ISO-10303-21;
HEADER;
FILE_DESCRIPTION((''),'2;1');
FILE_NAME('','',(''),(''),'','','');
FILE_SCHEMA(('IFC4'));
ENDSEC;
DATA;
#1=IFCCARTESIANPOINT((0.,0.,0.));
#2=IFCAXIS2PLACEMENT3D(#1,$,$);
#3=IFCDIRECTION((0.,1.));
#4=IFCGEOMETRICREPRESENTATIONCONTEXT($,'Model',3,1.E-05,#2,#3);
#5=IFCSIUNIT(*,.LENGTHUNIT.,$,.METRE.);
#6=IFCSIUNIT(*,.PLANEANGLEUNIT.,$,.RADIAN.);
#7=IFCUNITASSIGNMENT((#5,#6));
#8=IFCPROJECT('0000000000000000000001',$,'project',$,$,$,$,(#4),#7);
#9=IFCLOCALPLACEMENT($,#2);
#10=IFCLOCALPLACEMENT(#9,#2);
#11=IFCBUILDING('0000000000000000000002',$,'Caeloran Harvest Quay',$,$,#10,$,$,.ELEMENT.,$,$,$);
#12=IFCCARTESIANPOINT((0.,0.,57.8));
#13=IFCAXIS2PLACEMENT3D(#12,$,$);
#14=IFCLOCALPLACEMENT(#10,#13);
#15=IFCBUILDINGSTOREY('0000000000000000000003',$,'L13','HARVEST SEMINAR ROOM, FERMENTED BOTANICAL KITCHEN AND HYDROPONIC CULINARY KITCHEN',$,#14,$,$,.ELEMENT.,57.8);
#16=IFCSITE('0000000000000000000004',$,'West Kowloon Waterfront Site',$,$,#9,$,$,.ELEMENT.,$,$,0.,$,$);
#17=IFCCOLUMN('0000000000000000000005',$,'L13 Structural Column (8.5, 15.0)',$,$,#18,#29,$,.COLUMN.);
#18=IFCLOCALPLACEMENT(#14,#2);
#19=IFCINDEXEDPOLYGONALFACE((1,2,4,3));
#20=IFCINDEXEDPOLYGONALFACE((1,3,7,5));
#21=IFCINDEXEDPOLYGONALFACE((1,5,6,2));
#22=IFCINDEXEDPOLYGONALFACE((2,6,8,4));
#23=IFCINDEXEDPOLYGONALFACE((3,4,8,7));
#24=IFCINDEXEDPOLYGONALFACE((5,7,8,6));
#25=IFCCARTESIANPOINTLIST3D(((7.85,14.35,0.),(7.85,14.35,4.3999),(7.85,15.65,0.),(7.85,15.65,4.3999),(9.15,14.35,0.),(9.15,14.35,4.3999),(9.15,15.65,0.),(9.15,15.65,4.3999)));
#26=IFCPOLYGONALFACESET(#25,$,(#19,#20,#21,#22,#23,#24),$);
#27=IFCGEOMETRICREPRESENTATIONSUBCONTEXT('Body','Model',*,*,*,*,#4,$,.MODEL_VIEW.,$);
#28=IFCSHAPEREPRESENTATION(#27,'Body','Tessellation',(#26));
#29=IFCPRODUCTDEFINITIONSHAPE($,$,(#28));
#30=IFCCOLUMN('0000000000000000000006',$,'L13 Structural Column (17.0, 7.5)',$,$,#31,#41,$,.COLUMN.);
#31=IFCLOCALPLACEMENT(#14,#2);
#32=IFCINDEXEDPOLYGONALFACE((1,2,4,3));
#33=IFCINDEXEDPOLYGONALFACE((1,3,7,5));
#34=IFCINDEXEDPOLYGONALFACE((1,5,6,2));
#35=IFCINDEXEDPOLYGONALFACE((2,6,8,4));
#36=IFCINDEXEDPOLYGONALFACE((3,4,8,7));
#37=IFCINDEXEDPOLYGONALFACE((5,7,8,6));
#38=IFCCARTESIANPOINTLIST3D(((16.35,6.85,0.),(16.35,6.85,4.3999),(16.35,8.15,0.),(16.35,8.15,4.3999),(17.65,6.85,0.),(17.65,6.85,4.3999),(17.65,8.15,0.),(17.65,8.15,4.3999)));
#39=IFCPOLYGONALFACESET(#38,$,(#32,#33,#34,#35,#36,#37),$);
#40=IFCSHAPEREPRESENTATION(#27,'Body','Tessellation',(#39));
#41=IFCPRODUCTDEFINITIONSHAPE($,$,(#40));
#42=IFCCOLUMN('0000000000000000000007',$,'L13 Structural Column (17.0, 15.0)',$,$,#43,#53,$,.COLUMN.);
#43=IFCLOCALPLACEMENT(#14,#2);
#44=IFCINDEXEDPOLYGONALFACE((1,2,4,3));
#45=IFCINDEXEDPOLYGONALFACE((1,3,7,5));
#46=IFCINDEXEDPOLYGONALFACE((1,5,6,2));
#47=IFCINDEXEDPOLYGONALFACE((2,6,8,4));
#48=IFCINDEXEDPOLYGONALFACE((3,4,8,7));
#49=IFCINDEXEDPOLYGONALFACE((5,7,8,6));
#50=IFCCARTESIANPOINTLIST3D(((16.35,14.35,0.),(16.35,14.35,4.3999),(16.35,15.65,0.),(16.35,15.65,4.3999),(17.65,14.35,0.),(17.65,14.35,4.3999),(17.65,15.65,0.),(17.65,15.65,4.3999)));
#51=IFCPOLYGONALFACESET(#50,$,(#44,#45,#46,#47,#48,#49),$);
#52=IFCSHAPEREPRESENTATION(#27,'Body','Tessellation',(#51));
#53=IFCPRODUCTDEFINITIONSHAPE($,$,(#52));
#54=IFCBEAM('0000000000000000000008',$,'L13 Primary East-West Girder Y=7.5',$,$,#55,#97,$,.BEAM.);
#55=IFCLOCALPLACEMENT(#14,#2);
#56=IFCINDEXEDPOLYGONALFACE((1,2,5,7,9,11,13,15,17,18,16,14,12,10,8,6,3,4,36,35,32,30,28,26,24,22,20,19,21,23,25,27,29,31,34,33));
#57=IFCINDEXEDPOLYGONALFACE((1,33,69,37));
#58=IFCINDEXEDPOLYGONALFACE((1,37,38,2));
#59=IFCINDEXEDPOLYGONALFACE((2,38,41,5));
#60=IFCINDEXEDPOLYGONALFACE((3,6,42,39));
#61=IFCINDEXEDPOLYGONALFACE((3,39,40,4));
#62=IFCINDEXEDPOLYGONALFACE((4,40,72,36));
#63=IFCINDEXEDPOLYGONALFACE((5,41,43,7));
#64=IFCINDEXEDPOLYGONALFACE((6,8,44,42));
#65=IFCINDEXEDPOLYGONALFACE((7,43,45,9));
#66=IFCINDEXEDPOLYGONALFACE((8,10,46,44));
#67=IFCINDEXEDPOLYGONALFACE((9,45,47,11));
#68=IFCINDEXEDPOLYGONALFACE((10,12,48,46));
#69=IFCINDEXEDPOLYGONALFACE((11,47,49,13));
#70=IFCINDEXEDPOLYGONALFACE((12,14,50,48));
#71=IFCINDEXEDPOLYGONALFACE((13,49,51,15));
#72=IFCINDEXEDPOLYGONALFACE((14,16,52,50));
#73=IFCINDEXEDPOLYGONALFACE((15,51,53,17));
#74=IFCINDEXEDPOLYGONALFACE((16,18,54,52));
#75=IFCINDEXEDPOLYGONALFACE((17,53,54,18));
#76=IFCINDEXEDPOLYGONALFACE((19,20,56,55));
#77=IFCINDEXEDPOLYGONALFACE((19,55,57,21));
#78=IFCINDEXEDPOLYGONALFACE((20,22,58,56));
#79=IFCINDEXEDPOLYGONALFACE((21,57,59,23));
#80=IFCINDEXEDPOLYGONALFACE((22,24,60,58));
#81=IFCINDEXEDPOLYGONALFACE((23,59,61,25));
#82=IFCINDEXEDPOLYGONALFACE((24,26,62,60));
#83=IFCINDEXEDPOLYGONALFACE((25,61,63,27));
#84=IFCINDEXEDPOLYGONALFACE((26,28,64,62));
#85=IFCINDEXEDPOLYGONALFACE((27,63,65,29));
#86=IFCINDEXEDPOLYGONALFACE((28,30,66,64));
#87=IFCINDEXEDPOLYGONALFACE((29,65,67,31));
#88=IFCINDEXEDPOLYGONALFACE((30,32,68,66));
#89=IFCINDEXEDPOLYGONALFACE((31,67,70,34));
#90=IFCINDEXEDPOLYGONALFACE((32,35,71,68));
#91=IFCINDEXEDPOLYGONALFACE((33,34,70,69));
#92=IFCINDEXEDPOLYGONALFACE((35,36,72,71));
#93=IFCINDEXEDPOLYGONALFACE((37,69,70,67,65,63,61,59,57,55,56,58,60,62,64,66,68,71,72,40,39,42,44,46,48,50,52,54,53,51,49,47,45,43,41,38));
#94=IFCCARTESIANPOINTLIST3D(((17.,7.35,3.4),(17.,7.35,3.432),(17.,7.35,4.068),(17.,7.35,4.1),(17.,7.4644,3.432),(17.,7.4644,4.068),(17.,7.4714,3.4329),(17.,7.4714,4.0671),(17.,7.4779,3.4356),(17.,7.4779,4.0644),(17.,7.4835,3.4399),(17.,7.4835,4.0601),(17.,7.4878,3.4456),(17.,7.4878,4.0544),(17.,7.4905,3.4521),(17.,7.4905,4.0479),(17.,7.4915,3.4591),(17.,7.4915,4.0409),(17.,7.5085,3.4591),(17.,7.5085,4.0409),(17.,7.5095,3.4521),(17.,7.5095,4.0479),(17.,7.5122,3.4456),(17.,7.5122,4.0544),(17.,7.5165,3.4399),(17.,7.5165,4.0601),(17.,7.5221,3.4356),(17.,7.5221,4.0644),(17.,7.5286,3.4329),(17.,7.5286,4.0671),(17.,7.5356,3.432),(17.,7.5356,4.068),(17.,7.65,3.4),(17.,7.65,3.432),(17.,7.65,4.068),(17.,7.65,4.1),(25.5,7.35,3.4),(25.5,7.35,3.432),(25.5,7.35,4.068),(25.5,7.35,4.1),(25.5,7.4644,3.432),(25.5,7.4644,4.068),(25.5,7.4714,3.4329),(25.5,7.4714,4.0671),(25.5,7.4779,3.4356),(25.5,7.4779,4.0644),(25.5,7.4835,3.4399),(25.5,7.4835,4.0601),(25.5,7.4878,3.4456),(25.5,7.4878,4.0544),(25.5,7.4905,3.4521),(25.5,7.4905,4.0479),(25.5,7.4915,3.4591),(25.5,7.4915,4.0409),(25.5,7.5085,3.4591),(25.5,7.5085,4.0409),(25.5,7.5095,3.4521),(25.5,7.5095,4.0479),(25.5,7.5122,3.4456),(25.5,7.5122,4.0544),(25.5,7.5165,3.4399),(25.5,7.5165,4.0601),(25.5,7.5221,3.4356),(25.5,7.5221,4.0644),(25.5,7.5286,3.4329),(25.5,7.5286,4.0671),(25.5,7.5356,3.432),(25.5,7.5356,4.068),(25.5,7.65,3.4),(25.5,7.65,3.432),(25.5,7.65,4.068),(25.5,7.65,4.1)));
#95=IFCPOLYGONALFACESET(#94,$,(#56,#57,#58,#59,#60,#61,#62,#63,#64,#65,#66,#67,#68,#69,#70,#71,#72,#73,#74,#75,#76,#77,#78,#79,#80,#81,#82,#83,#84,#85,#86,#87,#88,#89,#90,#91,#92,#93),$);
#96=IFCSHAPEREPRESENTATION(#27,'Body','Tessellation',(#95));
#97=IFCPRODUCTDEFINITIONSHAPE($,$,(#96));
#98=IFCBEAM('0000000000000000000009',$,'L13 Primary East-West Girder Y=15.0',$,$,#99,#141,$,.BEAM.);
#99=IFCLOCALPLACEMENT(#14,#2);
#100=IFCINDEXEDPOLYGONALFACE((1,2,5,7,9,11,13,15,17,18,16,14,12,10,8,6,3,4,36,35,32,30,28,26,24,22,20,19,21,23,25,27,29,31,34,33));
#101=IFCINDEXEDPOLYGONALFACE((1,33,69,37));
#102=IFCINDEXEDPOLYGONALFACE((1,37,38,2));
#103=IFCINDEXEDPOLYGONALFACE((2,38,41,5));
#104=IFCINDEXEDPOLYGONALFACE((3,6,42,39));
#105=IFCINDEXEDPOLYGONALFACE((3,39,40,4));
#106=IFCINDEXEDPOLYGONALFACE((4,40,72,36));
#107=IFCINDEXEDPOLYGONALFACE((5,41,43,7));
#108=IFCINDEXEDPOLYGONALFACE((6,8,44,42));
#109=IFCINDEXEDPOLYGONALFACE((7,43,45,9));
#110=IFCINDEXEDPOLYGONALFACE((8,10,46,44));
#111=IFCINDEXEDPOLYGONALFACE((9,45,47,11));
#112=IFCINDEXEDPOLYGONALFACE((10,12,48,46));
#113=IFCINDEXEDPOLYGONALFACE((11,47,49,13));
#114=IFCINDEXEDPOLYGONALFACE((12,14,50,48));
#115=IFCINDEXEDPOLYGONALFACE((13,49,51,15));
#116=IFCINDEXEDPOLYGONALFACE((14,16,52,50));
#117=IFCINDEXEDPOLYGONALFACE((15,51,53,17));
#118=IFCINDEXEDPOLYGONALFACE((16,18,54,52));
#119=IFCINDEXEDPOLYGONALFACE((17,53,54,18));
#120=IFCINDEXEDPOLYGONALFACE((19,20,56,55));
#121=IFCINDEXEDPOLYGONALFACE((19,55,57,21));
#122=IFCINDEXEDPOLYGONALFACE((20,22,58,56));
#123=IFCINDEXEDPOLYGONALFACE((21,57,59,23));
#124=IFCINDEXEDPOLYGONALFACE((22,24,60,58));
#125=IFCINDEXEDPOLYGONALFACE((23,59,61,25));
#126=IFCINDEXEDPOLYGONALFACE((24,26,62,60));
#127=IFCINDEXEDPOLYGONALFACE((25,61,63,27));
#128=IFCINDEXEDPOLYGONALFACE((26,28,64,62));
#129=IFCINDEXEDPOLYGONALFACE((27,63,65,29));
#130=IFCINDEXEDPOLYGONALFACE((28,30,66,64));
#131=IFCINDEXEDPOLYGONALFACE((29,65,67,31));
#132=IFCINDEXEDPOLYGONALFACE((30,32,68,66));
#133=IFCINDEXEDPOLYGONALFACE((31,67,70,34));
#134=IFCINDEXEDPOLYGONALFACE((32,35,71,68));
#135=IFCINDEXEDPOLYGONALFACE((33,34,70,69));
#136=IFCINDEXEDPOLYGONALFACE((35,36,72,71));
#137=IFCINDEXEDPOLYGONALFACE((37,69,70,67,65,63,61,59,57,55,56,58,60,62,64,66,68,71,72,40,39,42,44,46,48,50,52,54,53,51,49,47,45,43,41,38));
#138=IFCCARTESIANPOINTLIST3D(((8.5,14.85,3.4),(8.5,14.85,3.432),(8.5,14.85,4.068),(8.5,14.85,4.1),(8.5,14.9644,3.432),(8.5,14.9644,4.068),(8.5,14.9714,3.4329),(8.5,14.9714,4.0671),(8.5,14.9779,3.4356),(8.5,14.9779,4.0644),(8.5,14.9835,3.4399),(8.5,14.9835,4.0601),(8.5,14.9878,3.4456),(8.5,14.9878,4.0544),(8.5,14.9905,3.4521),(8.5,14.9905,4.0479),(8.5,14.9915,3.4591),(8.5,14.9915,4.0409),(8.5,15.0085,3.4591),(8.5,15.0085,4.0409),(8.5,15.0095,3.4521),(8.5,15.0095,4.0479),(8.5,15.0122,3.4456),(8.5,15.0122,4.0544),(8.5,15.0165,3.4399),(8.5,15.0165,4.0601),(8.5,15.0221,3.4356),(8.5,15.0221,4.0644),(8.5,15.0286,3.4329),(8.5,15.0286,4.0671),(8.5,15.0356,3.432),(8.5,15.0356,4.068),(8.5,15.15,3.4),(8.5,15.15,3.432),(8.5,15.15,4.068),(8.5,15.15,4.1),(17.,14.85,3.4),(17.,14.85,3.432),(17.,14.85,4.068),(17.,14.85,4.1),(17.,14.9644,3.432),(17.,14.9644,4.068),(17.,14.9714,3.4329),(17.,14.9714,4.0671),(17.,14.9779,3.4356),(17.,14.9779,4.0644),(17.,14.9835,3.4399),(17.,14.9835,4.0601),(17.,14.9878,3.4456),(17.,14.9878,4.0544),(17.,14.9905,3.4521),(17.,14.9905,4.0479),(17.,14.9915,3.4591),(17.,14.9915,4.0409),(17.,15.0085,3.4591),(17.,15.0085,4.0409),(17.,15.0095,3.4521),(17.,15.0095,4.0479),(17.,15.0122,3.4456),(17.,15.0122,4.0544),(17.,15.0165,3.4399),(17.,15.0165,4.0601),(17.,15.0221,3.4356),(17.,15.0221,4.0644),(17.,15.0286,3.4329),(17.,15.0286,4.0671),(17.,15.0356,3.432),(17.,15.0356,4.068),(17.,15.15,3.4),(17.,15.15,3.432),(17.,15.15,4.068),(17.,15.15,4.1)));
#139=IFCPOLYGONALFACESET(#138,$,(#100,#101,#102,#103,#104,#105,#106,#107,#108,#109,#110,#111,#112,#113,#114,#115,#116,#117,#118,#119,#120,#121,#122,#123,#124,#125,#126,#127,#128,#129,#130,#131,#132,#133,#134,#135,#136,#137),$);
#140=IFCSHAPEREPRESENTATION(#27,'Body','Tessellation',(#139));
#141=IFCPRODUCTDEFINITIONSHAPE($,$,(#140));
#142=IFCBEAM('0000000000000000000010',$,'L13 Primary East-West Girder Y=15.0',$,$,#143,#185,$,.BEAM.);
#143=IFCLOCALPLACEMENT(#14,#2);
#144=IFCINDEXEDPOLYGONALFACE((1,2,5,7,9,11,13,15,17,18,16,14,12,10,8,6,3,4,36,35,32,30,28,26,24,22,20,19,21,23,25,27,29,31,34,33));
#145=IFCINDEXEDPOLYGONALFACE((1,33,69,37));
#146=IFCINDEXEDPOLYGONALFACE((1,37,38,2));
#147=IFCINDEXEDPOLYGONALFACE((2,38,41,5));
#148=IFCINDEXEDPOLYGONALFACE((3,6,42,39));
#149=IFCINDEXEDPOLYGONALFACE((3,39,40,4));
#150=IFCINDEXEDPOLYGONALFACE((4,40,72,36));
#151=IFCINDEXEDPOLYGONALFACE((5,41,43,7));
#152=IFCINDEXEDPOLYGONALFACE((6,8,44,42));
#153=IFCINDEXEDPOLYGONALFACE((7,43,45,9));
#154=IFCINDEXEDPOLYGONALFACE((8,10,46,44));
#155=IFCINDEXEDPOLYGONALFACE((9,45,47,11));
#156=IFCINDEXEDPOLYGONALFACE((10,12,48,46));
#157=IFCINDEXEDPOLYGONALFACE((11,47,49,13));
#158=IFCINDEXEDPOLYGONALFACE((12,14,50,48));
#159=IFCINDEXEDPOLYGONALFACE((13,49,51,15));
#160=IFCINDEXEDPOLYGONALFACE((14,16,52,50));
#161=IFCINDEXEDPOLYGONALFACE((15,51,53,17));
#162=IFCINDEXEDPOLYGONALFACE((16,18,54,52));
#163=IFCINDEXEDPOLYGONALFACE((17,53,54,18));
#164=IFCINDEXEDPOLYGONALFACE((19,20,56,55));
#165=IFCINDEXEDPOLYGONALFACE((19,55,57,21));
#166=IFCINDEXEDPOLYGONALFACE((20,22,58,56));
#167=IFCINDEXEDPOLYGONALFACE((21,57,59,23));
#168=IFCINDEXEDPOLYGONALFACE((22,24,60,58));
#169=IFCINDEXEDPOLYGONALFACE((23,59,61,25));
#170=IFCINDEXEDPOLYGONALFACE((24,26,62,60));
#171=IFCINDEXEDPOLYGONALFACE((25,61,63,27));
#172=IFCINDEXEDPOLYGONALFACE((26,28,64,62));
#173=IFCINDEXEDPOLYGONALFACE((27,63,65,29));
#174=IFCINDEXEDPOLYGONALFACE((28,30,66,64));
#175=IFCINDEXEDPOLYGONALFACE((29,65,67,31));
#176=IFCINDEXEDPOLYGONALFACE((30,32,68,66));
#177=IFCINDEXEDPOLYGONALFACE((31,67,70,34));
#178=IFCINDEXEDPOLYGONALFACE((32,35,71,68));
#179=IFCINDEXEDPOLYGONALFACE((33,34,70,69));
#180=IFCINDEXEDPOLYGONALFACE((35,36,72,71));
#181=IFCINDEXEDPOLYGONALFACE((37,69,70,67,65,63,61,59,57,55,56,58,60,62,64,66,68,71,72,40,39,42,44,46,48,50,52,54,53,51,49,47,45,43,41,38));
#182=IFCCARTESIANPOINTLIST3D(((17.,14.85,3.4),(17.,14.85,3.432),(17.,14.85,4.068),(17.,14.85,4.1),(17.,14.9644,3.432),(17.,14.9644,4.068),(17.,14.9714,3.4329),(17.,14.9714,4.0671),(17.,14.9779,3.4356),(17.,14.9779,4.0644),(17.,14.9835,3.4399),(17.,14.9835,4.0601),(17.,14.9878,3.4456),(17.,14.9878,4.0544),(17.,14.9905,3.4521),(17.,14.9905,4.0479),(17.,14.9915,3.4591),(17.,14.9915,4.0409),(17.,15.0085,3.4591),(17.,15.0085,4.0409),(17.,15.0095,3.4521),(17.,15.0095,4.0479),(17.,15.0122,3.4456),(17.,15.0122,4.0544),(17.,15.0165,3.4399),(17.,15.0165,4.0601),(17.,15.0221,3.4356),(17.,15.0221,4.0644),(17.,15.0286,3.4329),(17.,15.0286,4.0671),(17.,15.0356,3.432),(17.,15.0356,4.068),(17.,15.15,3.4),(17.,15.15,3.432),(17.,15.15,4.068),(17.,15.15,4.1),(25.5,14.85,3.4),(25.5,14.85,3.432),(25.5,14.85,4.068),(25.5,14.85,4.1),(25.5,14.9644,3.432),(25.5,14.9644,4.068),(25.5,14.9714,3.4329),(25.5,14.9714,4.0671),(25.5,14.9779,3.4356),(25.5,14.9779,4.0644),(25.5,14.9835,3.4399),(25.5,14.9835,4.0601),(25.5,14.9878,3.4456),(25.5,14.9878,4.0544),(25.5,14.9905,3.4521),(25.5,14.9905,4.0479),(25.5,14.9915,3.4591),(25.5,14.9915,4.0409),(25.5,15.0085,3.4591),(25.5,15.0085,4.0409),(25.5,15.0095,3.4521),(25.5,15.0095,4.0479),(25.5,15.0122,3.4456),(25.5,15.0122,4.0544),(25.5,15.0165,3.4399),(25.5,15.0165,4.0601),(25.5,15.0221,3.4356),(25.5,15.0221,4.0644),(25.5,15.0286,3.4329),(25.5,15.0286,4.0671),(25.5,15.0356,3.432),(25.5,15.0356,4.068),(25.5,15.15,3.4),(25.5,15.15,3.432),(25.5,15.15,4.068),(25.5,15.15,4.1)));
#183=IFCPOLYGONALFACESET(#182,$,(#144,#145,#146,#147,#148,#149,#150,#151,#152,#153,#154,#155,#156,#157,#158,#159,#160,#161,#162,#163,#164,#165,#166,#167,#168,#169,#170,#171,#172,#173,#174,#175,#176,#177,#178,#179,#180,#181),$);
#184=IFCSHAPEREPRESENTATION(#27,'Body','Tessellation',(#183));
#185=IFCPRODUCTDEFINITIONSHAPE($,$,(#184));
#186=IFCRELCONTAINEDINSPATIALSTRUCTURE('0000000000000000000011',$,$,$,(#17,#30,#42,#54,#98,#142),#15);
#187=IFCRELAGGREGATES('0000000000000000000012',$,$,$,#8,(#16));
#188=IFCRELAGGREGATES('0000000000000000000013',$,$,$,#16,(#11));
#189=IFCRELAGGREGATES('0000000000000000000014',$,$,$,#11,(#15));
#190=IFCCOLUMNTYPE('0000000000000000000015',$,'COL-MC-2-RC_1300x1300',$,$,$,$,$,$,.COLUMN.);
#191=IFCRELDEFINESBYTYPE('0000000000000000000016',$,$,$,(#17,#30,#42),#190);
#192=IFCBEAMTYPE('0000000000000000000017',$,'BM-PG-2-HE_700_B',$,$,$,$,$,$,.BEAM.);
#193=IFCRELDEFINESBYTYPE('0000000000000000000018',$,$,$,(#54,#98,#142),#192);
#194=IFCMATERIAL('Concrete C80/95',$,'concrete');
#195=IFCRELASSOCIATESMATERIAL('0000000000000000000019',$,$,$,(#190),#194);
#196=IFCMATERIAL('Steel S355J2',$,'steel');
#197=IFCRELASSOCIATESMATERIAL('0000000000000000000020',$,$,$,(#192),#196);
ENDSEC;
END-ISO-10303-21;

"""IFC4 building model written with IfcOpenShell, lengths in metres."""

from ifc_helpers import new_model, si_unit, direction, frame, origin, origin_2d, place, context, subcontext, project, spatial, rectangle, i_section, extrude, material, material_profile, profile_set, type_object, element, save


model = new_model("IFC4")

# Units and contexts
model_context = context("Model", 3, precision=1e-05, world=origin(), true_north=direction((0.0, 1.0)))
body_context = subcontext(model_context, "Body", "Model", "MODEL_VIEW")
ifc_project = project(units=[si_unit("LENGTHUNIT", "METRE"), si_unit("PLANEANGLEUNIT", "RADIAN")], contexts=[model_context])

# Site, building, storey
site_placement = place(None, origin())
site = spatial("IfcSite", under=ifc_project, at=site_placement, Name="West Kowloon Waterfront Site", CompositionType="ELEMENT", RefElevation=0.0)
building_placement = place(site_placement, origin())
building = spatial("IfcBuilding", under=site, at=building_placement, Name="Caeloran Harvest Quay", CompositionType="ELEMENT")
storey_placement = place(building_placement, frame((0.0, 0.0, 57.8)))
storey = spatial("IfcBuildingStorey", under=building, at=storey_placement, Name="L13", Description="HARVEST SEMINAR ROOM, FERMENTED BOTANICAL KITCHEN AND HYDROPONIC CULINARY KITCHEN", CompositionType="ELEMENT", Elevation=57.8)

# Columns
ifc_material_1 = material(Name="Concrete C80/95", Category="concrete")
ifc_material_profile_1 = material_profile(ifc_material_1, rectangle(XDim=1.3, YDim=1.3, at=origin_2d()), Name="RC 1300x1300")
ifc_profile_set_1 = profile_set([ifc_material_profile_1], Name="Concrete C80/95")
column_type = type_object("IfcColumnType", Name="COL-MC-2-RC_1300x1300", PredefinedType="COLUMN", material=ifc_profile_set_1)
for number, where, z_axis, x_axis, name in (
    (1, (8.5, 15.0, 0.0), (0.0, 0.0, 1.0), (1.0, 0.0, 0.0), "L13 Structural Column (8.5, 15.0)"),
    (2, (17.0, 7.5, 0.0), (0.0, 0.0, 1.0), (1.0, 0.0, 0.0), "L13 Structural Column (17.0, 7.5)"),
    (3, (17.0, 15.0, 0.0), (0.0, 0.0, 1.0), (1.0, 0.0, 0.0), "L13 Structural Column (17.0, 15.0)"),
):
    element("IfcColumn", number, at=place(storey_placement, frame(where, z_axis=z_axis, x_axis=x_axis)), inside=storey, type_object=column_type, Name=name, PredefinedType="COLUMN", context=body_context, shape_type="SweptSolid", body=[
        extrude(rectangle(XDim=1.3, YDim=1.3, at=origin_2d()), origin(), (0.0, 0.0, 1.0), 4.3999),
    ])

# Beams
ifc_material_2 = material(Name="Steel S355J2", Category="steel")
ifc_material_profile_2 = material_profile(ifc_material_2, i_section(OverallWidth=0.3, OverallDepth=0.7, WebThickness=0.0171, FlangeThickness=0.032, FilletRadius=0.0271, at=origin_2d()), Name="HE 700 B")
ifc_profile_set_2 = profile_set([ifc_material_profile_2], Name="Steel S355J2")
beam_type_1 = type_object("IfcBeamType", Name="BM-PG-2-HE_700_B", PredefinedType="BEAM", material=ifc_profile_set_2)
for number, where, z_axis, x_axis, name in (
    (4, (17.0, 7.5, 3.75), (1.0, 0.0, 0.0), (0.0, 1.0, 0.0), "L13 Primary East-West Girder Y=7.5"),
    (5, (8.5, 15.0, 3.75), (1.0, 0.0, 0.0), (0.0, 1.0, 0.0), "L13 Primary East-West Girder Y=15.0"),
    (6, (17.0, 15.0, 3.75), (1.0, 0.0, 0.0), (0.0, 1.0, 0.0), "L13 Primary East-West Girder Y=15.0"),
):
    element("IfcBeam", number, at=place(storey_placement, frame(where, z_axis=z_axis, x_axis=x_axis)), inside=storey, type_object=beam_type_1, Name=name, PredefinedType="BEAM", context=body_context, shape_type="SweptSolid", body=[
        extrude(i_section(OverallWidth=0.3, OverallDepth=0.7, WebThickness=0.0171, FlangeThickness=0.032, FilletRadius=0.0271, at=origin_2d()), origin(), (0.0, 0.0, 1.0), 8.5),
    ])

save(model, "model.ifc")
